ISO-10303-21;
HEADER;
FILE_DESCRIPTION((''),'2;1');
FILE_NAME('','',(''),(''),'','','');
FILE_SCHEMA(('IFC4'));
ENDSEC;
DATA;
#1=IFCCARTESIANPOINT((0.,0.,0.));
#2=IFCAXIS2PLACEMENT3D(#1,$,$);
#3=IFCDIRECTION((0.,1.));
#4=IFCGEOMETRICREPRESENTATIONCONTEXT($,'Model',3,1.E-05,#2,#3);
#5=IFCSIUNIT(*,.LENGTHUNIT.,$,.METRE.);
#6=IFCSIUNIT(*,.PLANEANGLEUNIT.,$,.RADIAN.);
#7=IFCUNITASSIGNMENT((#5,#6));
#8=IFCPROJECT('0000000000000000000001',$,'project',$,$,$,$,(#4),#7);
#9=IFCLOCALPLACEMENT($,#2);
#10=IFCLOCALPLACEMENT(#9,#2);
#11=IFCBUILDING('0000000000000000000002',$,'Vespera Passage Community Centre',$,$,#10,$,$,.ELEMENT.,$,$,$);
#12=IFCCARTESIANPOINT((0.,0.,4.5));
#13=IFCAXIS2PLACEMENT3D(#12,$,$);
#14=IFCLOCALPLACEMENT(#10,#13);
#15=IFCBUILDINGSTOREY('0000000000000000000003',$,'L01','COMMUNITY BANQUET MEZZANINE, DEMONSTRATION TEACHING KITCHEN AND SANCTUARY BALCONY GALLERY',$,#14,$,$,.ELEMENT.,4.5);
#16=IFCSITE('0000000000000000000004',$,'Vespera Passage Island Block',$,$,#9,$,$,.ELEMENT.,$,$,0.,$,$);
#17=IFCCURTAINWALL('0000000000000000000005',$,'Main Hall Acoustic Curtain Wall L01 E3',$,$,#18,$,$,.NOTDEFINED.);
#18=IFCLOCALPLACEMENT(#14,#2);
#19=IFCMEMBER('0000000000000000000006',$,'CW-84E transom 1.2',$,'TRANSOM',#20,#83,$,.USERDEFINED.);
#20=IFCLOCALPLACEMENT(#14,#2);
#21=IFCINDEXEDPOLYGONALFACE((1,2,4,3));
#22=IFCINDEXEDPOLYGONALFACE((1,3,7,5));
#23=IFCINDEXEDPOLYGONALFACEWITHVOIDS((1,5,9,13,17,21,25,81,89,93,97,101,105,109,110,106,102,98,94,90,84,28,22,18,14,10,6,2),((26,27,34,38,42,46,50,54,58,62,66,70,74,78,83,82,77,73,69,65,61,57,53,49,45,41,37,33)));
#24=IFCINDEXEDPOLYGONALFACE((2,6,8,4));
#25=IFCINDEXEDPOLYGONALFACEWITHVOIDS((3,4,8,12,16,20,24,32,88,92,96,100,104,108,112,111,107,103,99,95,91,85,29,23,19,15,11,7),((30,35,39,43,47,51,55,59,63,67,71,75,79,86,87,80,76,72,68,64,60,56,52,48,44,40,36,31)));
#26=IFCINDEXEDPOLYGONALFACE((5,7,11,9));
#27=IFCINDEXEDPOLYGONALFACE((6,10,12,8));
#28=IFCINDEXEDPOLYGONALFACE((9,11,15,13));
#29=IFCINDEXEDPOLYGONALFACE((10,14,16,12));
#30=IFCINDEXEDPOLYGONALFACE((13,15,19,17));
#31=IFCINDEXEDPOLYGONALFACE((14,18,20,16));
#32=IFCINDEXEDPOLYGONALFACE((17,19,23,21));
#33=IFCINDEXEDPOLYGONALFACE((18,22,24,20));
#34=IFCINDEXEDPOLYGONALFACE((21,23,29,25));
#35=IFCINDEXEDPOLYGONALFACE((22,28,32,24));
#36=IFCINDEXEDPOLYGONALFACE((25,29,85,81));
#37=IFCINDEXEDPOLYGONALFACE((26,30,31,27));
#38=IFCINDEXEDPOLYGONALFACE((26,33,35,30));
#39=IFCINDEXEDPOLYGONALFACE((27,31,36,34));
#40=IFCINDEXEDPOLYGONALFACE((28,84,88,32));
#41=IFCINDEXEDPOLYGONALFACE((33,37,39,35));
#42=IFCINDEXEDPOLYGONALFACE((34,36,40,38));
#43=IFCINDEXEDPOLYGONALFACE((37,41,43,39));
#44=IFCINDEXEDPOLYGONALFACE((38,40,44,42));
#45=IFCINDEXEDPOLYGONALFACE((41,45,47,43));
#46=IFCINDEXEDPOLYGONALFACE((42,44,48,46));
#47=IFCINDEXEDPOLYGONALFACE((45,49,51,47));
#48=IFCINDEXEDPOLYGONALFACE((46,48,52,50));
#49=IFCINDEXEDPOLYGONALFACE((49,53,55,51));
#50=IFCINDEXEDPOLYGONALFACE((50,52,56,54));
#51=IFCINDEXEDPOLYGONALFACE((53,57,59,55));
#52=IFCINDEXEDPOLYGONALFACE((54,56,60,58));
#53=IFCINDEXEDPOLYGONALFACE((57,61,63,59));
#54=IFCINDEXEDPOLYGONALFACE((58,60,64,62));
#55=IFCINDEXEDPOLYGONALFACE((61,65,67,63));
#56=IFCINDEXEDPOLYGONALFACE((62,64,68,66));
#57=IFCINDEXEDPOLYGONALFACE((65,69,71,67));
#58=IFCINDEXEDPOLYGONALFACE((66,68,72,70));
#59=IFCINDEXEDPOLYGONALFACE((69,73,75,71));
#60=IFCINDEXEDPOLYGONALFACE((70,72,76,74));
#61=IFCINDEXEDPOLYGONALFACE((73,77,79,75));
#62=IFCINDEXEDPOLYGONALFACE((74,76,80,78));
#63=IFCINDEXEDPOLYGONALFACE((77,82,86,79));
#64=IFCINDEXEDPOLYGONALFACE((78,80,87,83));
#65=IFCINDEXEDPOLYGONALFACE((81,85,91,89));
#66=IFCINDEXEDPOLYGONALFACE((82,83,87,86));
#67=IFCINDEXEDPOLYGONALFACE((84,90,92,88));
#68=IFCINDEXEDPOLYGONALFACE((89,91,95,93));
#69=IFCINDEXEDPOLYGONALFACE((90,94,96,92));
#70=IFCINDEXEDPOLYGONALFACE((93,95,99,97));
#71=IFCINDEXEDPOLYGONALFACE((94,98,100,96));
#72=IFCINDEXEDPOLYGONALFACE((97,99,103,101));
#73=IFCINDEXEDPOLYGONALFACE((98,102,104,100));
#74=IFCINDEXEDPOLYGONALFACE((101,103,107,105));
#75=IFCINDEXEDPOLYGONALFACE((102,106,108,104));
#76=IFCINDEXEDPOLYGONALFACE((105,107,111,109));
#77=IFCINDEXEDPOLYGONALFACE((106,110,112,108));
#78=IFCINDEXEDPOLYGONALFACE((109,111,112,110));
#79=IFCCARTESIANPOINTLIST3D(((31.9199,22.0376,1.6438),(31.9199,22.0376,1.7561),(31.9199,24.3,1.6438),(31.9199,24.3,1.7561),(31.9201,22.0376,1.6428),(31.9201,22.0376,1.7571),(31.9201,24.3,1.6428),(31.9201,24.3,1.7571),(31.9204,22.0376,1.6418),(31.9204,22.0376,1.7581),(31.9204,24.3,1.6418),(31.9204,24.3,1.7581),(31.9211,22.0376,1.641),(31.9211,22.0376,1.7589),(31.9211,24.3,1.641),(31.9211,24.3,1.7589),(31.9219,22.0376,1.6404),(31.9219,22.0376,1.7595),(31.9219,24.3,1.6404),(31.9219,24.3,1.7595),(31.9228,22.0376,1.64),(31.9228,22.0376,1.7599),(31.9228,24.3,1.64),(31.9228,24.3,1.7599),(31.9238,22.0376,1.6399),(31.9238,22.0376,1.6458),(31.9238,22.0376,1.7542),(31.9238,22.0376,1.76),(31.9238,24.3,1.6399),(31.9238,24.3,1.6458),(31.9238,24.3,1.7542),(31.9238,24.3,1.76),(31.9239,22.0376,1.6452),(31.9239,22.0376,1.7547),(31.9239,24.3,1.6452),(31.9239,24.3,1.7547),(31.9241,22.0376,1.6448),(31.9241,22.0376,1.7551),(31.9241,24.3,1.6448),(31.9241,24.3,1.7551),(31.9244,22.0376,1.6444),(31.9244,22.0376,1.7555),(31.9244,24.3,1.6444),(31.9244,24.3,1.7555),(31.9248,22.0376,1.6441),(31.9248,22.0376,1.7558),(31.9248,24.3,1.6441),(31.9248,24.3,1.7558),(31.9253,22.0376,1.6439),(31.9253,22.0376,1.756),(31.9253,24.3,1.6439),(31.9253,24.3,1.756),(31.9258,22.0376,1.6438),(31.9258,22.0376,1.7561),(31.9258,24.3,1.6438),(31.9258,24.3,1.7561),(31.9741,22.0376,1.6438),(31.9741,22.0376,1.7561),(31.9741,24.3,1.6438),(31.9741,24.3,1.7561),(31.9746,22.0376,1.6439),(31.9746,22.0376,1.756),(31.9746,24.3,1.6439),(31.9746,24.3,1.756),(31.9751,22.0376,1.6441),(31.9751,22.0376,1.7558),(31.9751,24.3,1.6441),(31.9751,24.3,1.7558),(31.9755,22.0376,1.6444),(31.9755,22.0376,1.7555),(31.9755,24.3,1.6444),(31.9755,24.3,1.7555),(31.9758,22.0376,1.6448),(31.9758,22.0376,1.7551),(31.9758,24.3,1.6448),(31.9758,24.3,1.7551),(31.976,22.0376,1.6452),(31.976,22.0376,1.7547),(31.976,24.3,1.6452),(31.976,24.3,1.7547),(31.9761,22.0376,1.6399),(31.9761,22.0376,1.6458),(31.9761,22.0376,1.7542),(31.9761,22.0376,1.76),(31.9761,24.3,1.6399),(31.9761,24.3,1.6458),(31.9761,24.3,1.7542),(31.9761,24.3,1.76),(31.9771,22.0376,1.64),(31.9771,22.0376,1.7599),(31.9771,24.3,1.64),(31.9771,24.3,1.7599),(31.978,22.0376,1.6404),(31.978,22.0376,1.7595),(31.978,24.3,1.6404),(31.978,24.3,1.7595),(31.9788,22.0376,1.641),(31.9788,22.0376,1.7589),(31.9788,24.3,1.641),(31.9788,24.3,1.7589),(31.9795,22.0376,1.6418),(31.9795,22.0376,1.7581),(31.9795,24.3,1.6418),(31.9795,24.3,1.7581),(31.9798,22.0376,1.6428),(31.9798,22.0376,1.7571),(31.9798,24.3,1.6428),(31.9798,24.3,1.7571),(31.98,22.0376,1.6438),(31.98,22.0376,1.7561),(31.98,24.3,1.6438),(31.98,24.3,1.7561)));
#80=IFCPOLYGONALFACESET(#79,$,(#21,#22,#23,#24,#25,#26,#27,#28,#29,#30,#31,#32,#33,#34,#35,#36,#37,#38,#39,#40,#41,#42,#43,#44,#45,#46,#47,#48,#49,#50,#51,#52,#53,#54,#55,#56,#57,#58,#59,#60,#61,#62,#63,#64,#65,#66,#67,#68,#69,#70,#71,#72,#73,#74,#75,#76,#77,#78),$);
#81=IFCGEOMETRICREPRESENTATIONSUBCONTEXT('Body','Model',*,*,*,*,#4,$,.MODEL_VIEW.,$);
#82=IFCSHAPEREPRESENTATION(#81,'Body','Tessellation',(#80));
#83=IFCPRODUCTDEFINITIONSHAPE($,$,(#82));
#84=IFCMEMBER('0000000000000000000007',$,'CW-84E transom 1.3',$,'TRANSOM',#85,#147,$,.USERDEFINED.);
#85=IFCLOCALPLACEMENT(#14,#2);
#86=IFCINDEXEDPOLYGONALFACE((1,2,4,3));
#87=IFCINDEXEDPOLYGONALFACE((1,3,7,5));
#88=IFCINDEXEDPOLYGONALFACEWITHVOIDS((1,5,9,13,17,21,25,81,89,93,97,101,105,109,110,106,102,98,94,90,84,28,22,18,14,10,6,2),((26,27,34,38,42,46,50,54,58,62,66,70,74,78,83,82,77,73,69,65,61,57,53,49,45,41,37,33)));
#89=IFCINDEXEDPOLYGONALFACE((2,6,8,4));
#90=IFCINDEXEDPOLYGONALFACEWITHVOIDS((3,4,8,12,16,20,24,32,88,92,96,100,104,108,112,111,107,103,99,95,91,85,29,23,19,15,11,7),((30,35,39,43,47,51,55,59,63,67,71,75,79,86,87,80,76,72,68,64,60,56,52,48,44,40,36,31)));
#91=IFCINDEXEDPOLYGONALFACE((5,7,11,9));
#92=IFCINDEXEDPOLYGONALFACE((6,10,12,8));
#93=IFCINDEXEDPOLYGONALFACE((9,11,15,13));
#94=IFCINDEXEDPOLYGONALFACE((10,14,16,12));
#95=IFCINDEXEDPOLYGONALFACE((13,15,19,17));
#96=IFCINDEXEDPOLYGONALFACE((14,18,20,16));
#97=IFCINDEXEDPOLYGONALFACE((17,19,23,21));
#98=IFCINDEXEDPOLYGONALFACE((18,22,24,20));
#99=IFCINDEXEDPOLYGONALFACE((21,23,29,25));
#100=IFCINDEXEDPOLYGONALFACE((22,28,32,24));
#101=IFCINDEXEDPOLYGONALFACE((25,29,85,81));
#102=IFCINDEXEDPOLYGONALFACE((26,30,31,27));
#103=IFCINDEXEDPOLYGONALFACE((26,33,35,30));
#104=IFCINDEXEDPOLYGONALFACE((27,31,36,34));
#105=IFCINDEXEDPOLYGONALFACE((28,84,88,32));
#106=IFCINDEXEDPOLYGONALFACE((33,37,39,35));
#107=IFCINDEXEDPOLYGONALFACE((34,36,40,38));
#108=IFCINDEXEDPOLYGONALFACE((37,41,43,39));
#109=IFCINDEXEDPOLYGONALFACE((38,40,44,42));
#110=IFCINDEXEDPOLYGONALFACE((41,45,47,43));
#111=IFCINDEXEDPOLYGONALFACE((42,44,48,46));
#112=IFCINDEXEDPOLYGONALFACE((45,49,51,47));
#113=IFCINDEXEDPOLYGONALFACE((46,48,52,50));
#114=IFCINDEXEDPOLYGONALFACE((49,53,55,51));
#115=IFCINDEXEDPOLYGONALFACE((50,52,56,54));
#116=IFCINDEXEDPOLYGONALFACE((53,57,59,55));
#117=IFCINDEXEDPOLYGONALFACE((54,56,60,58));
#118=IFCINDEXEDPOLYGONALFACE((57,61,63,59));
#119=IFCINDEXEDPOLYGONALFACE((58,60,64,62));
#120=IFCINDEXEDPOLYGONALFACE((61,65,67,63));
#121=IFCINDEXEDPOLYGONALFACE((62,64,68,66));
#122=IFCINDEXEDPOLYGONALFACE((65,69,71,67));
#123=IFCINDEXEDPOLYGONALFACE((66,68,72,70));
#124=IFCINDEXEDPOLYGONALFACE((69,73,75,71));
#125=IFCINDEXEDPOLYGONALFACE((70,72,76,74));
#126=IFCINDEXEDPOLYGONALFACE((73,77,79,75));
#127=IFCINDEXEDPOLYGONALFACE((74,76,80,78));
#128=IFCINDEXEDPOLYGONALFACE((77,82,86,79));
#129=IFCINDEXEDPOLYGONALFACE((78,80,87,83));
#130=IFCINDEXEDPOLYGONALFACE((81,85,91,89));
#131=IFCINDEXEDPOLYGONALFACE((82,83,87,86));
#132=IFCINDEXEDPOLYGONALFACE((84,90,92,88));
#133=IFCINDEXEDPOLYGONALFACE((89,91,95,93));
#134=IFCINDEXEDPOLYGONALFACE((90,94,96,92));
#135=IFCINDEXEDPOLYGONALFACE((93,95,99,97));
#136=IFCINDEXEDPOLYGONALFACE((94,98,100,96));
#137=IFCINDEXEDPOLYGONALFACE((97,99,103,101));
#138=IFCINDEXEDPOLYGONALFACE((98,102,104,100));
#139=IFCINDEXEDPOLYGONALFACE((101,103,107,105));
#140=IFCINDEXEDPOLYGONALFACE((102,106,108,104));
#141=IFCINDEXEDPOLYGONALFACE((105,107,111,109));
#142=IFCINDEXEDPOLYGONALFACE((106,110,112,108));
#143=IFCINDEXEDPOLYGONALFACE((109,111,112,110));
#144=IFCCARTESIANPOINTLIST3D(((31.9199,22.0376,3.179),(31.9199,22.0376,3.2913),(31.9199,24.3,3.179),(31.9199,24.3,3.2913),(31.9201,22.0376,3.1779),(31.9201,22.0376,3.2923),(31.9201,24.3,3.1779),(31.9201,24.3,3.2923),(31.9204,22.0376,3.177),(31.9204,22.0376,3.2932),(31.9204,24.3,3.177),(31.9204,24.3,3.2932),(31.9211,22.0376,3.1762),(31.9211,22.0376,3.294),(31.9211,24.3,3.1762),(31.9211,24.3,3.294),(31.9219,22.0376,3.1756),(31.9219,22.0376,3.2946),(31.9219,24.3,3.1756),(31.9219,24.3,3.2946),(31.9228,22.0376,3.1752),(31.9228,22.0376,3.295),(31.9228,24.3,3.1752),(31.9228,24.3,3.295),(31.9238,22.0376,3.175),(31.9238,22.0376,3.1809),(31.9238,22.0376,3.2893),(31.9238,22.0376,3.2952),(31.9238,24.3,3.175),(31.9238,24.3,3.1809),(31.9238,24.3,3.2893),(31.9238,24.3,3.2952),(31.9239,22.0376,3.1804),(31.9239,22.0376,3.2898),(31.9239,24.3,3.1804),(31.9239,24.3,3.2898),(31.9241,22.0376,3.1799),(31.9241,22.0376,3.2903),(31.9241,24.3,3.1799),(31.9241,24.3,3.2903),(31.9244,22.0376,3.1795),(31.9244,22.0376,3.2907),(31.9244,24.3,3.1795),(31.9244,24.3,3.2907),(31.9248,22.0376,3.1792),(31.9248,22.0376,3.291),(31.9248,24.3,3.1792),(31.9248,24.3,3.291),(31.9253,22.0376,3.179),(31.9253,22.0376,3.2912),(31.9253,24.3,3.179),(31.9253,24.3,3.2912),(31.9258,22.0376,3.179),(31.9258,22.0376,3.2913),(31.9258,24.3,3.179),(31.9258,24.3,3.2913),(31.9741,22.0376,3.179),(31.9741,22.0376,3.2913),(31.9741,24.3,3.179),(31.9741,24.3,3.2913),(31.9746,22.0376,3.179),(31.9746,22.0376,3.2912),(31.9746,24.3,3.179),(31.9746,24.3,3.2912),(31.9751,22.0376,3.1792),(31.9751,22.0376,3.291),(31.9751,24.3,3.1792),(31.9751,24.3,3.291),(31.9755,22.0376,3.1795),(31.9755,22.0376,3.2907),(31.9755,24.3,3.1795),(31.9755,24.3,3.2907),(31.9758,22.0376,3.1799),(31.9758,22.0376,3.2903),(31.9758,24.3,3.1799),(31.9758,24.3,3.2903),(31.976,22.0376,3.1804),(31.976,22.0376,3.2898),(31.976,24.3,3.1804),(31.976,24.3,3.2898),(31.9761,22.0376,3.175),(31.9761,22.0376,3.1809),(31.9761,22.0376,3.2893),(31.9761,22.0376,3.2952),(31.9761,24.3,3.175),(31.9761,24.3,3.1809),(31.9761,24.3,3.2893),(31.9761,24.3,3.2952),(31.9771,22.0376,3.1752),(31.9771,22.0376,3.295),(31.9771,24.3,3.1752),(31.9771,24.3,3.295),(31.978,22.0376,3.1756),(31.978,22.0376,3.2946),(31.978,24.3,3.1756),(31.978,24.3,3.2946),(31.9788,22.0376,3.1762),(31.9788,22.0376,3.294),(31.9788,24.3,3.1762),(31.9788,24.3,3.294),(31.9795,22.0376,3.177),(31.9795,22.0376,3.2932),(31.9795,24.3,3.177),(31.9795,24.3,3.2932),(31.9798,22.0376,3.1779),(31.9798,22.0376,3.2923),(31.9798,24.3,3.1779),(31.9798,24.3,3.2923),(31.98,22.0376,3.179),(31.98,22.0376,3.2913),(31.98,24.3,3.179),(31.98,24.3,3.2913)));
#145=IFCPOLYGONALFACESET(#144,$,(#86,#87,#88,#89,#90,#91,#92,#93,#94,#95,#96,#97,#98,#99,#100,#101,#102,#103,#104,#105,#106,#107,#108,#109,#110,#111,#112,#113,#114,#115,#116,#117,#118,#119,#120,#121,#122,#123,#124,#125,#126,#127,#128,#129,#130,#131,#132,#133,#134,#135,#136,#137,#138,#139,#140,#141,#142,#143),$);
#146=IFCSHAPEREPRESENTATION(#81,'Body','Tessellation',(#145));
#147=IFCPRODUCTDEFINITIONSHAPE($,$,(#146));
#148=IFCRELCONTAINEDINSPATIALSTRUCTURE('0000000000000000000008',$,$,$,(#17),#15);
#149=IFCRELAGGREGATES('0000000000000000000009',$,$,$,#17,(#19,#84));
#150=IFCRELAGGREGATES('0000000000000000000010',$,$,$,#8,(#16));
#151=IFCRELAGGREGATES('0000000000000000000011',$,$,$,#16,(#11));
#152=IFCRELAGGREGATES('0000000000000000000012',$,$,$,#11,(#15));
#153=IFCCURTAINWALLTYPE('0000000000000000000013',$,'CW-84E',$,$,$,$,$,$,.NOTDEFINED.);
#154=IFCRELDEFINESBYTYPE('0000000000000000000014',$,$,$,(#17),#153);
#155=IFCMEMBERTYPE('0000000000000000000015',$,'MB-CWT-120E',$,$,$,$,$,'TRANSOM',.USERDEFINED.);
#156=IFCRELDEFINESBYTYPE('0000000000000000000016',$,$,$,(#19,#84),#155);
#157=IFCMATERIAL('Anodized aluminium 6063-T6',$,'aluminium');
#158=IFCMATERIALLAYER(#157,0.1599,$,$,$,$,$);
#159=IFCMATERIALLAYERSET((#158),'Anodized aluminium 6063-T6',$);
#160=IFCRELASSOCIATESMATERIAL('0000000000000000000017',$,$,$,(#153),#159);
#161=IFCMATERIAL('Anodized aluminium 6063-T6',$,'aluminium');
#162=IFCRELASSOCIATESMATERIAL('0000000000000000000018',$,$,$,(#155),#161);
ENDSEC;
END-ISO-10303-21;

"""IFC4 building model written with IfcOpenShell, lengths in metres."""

from ifc_helpers import new_model, si_unit, direction, frame, origin, origin_2d, place, context, subcontext, project, spatial, hollow_rectangle, extrude, material, layer, layer_set, material_profile, profile_set, type_object, element, aggregate, save


model = new_model("IFC4")

# Units and contexts
model_context = context("Model", 3, precision=1e-05, world=origin(), true_north=direction((0.0, 1.0)))
body_context = subcontext(model_context, "Body", "Model", "MODEL_VIEW")
ifc_project = project(units=[si_unit("LENGTHUNIT", "METRE"), si_unit("PLANEANGLEUNIT", "RADIAN")], contexts=[model_context])

# Site, building, storey
site_placement = place(None, origin())
site = spatial("IfcSite", under=ifc_project, at=site_placement, Name="Vespera Passage Island Block", CompositionType="ELEMENT", RefElevation=0.0)
building_placement = place(site_placement, origin())
building = spatial("IfcBuilding", under=site, at=building_placement, Name="Vespera Passage Community Centre", CompositionType="ELEMENT")
storey_placement = place(building_placement, frame((0.0, 0.0, 4.5)))
storey = spatial("IfcBuildingStorey", under=building, at=storey_placement, Name="L01", Description="COMMUNITY BANQUET MEZZANINE, DEMONSTRATION TEACHING KITCHEN AND SANCTUARY BALCONY GALLERY", CompositionType="ELEMENT", Elevation=4.5)

# Curtain wall
ifc_material_1 = material(Name="Anodized aluminium 6063-T6", Category="aluminium")
ifc_layer_1 = layer(ifc_material_1, 0.1599)
ifc_layer_set_1 = layer_set([ifc_layer_1], Name="Anodized aluminium 6063-T6")
curtain_wall_type = type_object("IfcCurtainWallType", Name="CW-84E", PredefinedType="NOTDEFINED", material=ifc_layer_set_1)
curtain_wall_1_placement = place(storey_placement, origin())
curtain_wall_1 = element("IfcCurtainWall", 1, at=curtain_wall_1_placement, inside=storey, type_object=curtain_wall_type, Name="Main Hall Acoustic Curtain Wall L01 E3", PredefinedType="NOTDEFINED")

# Members
ifc_material_2 = material(Name="Anodized aluminium 6063-T6", Category="aluminium")
ifc_material_profile_1 = material_profile(ifc_material_2, hollow_rectangle(XDim=0.0601, YDim=0.1201, WallThickness=0.0039, InnerFilletRadius=0.002, OuterFilletRadius=0.0039, at=origin_2d()), Name="ALU120X60X4")
ifc_profile_set_1 = profile_set([ifc_material_profile_1], Name="Anodized aluminium 6063-T6")
member_type_1 = type_object("IfcMemberType", Name="MB-CWT-120E", ElementType="TRANSOM", PredefinedType="USERDEFINED", material=ifc_profile_set_1)
member_1_placement = place(storey_placement, frame((31.95, 24.3, 1.7), z_axis=(0.0, -1.0, 0.0), x_axis=(1.0, 0.0, 0.0)))
member_1 = element("IfcMember", 2, at=member_1_placement, type_object=member_type_1, Name="CW-84E transom 1.2", ObjectType="TRANSOM", PredefinedType="USERDEFINED", context=body_context, shape_type="SweptSolid", body=[
    extrude(hollow_rectangle(XDim=0.0601, YDim=0.1201, WallThickness=0.0039, InnerFilletRadius=0.002, OuterFilletRadius=0.0039, at=origin_2d()), origin(), (0.0, 0.0, 1.0), 2.2625),
])
member_2_placement = place(storey_placement, frame((31.95, 24.3, 3.2351), z_axis=(0.0, -1.0, 0.0), x_axis=(1.0, 0.0, 0.0)))
member_2 = element("IfcMember", 3, at=member_2_placement, type_object=member_type_1, Name="CW-84E transom 1.3", ObjectType="TRANSOM", PredefinedType="USERDEFINED", context=body_context, shape_type="SweptSolid", body=[
    extrude(hollow_rectangle(XDim=0.0601, YDim=0.1201, WallThickness=0.0039, InnerFilletRadius=0.002, OuterFilletRadius=0.0039, at=origin_2d()), origin(), (0.0, 0.0, 1.0), 2.2625),
])

aggregate(curtain_wall_1, [member_1, member_2])

save(model, "model.ifc")
